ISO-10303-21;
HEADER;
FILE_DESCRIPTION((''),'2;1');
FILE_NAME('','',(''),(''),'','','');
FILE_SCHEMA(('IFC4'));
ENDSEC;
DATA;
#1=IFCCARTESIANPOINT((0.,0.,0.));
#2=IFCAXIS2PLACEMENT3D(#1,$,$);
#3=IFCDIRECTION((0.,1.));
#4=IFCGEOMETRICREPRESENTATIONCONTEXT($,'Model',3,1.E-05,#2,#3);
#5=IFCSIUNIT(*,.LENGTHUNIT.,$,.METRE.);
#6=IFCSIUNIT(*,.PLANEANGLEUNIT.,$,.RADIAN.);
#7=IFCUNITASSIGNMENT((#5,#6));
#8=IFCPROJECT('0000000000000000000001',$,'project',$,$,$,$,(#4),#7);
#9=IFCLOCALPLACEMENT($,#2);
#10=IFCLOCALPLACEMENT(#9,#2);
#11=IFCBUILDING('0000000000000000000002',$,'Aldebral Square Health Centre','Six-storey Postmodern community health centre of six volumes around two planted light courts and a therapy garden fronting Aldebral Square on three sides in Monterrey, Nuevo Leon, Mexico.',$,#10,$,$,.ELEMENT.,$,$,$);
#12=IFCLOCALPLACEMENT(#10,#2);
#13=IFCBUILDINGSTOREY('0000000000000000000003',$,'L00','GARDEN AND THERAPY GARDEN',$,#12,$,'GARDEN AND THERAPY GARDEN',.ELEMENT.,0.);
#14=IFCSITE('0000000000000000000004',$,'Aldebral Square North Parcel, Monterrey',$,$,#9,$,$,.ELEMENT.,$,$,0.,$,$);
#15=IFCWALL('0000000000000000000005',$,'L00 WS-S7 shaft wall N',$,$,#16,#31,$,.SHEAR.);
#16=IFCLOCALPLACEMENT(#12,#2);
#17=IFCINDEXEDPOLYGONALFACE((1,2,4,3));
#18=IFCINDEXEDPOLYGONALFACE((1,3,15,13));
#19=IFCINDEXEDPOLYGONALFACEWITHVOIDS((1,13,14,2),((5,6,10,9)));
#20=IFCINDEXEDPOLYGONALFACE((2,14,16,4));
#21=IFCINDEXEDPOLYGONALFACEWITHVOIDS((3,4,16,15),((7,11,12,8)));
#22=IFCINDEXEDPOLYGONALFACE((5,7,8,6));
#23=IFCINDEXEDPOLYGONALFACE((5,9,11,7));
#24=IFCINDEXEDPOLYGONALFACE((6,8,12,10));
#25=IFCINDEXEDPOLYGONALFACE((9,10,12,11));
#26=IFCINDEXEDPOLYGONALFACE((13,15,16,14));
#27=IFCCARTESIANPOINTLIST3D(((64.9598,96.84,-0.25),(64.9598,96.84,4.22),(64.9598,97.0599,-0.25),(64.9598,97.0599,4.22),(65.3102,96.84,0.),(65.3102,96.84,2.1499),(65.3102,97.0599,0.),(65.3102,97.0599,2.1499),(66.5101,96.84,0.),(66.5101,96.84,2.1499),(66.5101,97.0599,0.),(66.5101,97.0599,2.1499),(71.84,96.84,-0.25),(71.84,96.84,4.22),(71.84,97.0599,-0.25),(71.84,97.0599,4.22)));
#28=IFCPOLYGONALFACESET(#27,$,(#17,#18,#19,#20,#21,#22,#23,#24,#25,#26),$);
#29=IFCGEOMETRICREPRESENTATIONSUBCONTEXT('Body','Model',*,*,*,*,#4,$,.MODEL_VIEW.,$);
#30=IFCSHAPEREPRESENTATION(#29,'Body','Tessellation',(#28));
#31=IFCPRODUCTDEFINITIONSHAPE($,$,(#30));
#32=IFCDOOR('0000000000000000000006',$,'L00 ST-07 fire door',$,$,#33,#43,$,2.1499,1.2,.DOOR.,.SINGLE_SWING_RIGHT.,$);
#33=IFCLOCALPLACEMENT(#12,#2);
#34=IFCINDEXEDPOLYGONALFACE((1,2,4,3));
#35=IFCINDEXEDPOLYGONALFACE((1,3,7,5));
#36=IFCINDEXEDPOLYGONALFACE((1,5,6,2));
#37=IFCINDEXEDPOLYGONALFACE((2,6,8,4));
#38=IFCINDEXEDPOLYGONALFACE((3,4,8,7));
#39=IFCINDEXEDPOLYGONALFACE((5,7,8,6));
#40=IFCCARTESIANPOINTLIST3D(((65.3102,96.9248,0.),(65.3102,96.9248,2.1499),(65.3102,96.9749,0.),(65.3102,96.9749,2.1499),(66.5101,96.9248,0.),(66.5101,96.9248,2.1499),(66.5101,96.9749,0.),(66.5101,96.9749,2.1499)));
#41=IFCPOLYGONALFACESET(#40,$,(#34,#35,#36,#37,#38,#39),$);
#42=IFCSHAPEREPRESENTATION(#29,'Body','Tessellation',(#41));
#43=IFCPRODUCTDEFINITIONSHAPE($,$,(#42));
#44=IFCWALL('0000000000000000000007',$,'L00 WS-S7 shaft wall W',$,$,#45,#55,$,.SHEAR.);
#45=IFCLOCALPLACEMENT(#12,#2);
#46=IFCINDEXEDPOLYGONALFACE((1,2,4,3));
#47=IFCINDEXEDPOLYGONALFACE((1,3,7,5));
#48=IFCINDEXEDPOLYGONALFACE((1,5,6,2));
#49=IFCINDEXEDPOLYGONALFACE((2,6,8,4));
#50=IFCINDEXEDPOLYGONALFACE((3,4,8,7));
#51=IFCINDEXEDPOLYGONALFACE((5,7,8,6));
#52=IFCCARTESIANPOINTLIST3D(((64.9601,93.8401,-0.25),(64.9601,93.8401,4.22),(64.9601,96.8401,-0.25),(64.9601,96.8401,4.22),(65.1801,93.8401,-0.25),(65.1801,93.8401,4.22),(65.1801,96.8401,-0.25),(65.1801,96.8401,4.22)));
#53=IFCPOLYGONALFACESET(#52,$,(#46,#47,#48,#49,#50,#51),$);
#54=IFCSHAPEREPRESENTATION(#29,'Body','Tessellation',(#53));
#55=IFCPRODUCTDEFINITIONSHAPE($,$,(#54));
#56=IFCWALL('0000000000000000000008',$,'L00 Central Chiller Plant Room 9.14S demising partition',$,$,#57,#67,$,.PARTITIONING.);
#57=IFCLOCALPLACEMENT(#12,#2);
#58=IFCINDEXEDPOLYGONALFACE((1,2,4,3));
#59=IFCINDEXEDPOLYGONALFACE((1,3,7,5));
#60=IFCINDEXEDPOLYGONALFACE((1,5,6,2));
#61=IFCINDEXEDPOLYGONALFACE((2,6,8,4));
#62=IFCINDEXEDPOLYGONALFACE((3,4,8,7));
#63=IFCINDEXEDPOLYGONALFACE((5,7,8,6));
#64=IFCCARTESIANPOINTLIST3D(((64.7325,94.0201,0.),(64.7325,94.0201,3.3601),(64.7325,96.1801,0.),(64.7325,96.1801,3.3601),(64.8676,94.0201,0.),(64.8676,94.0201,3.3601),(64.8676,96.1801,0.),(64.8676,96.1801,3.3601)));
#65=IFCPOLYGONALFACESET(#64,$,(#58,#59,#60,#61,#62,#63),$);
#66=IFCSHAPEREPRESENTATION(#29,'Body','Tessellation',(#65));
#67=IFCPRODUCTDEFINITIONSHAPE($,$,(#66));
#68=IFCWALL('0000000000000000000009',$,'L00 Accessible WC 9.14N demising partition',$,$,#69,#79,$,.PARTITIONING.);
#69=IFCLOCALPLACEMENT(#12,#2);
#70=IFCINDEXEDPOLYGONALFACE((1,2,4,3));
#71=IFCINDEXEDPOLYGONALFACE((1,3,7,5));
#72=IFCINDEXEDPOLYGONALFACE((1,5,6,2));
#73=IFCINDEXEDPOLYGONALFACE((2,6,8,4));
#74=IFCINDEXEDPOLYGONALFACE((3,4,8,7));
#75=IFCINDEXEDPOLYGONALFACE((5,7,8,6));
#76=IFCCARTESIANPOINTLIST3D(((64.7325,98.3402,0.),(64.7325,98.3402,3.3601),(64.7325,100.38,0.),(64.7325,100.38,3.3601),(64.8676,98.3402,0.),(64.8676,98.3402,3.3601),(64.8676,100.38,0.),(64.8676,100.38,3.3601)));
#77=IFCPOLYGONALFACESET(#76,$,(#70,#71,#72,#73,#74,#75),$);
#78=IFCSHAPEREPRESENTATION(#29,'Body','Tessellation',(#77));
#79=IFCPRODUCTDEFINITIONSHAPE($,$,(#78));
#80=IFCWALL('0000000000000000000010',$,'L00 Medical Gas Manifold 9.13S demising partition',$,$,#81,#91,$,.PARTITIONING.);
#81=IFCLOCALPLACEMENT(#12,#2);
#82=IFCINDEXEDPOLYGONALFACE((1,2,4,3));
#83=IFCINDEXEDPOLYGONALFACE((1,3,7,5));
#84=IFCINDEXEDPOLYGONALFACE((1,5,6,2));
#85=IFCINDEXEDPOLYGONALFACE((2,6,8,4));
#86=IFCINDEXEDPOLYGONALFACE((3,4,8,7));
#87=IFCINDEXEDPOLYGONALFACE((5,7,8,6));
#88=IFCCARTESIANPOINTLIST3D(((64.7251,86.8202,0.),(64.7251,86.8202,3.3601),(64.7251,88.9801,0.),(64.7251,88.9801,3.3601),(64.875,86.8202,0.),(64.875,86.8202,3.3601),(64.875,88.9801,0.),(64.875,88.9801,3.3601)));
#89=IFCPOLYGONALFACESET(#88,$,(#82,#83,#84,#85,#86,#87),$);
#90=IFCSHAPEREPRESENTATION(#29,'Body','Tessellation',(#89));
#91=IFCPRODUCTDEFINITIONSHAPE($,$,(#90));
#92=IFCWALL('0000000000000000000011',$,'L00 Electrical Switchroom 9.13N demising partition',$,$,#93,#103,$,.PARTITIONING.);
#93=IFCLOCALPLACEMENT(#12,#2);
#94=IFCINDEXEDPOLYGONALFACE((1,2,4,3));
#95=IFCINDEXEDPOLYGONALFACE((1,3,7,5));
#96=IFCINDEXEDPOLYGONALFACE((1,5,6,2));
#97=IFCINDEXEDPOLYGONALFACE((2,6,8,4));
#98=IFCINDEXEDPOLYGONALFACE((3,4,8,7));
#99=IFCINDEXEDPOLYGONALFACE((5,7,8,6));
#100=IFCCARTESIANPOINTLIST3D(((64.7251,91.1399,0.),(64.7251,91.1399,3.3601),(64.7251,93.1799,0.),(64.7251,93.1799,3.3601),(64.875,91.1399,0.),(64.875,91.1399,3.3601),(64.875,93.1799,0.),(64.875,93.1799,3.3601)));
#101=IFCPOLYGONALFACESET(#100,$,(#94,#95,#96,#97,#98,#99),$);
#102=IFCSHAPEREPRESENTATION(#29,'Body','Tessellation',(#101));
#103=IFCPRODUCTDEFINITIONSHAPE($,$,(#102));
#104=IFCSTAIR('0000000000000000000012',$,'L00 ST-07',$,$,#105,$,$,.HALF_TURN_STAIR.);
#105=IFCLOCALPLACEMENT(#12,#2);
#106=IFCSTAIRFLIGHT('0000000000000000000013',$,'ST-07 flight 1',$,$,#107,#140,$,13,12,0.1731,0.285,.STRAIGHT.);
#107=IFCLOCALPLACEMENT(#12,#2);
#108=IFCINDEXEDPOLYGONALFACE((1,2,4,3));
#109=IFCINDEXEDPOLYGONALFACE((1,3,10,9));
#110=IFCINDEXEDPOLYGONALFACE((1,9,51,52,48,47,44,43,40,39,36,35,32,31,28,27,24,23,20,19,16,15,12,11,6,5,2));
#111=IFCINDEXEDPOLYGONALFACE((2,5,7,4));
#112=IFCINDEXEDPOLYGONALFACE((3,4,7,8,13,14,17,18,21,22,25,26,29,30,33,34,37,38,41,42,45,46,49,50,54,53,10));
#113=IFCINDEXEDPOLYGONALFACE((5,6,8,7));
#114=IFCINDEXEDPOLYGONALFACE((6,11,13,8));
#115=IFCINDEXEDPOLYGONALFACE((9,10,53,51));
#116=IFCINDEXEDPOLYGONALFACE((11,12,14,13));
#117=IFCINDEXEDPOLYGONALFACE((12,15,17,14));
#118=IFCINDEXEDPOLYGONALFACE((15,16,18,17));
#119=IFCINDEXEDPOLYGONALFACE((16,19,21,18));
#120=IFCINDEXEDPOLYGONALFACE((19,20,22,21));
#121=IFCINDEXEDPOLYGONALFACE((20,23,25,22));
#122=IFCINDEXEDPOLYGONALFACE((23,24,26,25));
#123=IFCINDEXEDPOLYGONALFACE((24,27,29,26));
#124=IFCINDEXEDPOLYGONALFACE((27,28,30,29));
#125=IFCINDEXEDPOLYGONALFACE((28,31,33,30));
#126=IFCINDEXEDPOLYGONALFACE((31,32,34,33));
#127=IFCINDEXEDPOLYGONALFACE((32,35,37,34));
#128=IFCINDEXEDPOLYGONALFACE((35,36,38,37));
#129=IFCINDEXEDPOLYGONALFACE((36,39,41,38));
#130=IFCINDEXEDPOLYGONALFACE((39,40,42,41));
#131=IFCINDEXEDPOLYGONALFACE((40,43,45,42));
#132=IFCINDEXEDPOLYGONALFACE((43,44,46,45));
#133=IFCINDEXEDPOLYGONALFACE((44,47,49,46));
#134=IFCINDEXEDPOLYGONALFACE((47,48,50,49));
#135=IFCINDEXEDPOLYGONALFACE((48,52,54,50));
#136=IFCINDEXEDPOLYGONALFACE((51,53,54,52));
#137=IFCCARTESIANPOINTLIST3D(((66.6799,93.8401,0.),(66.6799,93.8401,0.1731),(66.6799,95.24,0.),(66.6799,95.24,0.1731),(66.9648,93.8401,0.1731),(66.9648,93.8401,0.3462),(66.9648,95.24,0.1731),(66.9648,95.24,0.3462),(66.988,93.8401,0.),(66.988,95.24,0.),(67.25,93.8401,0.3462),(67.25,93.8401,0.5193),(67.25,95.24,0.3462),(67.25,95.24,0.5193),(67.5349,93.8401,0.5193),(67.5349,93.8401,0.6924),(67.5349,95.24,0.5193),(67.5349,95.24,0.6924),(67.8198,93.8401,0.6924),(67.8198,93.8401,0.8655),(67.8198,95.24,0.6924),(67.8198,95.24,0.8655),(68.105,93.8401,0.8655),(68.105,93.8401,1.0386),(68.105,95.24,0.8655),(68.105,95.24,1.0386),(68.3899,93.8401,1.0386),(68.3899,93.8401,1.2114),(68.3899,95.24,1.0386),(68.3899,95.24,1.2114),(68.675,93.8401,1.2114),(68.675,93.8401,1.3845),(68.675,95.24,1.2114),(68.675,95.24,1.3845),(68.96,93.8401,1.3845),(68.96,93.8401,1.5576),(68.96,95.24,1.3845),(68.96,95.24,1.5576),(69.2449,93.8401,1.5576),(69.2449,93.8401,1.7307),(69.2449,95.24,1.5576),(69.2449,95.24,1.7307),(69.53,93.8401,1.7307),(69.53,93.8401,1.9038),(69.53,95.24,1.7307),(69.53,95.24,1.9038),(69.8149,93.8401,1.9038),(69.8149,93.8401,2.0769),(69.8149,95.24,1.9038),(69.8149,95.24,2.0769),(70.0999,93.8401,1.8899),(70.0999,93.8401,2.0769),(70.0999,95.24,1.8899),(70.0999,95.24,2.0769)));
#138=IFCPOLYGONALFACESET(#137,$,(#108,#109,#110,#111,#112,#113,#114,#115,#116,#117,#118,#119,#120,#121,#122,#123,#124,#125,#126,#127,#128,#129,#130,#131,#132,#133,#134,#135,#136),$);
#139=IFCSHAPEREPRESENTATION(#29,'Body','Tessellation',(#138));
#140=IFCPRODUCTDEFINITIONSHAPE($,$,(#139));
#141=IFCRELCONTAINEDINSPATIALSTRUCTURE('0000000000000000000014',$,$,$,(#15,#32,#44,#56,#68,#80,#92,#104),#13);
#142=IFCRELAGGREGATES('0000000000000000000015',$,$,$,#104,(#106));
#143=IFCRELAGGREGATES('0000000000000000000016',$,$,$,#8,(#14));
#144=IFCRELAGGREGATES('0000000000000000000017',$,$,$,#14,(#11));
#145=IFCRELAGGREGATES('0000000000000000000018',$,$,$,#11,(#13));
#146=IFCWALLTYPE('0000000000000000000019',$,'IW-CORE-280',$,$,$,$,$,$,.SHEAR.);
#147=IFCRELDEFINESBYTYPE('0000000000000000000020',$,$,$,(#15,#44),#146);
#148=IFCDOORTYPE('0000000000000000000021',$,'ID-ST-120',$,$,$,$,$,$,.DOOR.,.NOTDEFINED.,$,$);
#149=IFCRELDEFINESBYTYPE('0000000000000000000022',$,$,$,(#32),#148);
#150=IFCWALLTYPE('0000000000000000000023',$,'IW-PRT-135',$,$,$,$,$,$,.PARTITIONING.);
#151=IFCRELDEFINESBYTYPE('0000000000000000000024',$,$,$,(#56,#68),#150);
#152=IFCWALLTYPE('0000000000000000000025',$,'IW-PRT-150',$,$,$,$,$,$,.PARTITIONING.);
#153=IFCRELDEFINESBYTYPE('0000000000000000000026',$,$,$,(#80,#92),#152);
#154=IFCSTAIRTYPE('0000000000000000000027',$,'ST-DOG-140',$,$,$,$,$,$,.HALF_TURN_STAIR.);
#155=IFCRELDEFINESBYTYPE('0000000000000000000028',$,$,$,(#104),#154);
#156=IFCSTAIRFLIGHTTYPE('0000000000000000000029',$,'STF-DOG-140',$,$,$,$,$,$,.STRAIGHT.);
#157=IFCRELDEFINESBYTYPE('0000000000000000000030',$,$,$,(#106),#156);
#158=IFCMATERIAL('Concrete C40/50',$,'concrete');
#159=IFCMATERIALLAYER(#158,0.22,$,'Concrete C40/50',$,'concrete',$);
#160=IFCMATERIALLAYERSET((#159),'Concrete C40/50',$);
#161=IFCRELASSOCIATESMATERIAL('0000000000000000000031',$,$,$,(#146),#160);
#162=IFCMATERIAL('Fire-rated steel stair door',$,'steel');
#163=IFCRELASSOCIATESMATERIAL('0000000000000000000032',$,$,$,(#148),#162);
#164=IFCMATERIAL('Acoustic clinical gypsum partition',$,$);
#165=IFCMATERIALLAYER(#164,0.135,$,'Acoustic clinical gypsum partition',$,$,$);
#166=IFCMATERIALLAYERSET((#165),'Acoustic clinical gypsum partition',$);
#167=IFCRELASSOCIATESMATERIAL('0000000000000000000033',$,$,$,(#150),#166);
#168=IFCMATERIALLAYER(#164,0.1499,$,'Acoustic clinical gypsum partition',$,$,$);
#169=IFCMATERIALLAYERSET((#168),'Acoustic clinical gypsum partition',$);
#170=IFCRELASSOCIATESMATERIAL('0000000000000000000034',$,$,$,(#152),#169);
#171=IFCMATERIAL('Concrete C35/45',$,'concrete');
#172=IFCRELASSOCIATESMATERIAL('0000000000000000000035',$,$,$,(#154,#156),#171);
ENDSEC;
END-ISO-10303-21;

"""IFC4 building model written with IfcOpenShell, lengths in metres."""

from ifc_helpers import new_model, si_unit, direction, frame, frame_2d, origin, place, context, subcontext, project, spatial, polyline, rectangle, outline, extrude, material, layer, layer_set, type_object, element, fill, aggregate, save


model = new_model("IFC4")

# Units and contexts
model_context = context("Model", 3, precision=1e-05, world=origin(), true_north=direction((0.0, 1.0)))
body_context = subcontext(model_context, "Body", "Model", "MODEL_VIEW")
ifc_project = project(units=[si_unit("LENGTHUNIT", "METRE"), si_unit("PLANEANGLEUNIT", "RADIAN")], contexts=[model_context])

# Site, building, storey
site_placement = place(None, origin())
site = spatial("IfcSite", under=ifc_project, at=site_placement, Name="Aldebral Square North Parcel, Monterrey", CompositionType="ELEMENT", RefElevation=0.0)
building_placement = place(site_placement, origin())
building = spatial("IfcBuilding", under=site, at=building_placement, Name="Aldebral Square Health Centre", Description="Six-storey Postmodern community health centre of six volumes around two planted light courts and a therapy garden fronting Aldebral Square on three sides in Monterrey, Nuevo Leon, Mexico.", CompositionType="ELEMENT")
storey_placement = place(building_placement, origin())
storey = spatial("IfcBuildingStorey", under=building, at=storey_placement, Name="L00", Description="GARDEN AND THERAPY GARDEN", LongName="GARDEN AND THERAPY GARDEN", CompositionType="ELEMENT", Elevation=0.0)

# Shared definitions
ifc_material_1 = material(Name="Concrete C35/45", Category="concrete")

# Shared definitions
ifc_material_2 = material(Name="Concrete C40/50", Category="concrete")

# Shared definitions
ifc_layer_1 = layer(ifc_material_2, 0.22, Name="Concrete C40/50", Category="concrete")
ifc_layer_set_1 = layer_set([ifc_layer_1], Name="Concrete C40/50")
wall_type_1 = type_object("IfcWallType", Name="IW-CORE-280", PredefinedType="SHEAR", material=ifc_layer_set_1)

# Wall, opening, door
wall_1_placement = place(storey_placement, frame((64.96, 96.95, -0.25), z_axis=(0.0, 0.0, 1.0), x_axis=(1.0, 0.0, 0.0)))
wall_1 = element("IfcWall", 1, at=wall_1_placement, inside=storey, type_object=wall_type_1, Name="L00 WS-S7 shaft wall N", PredefinedType="SHEAR", context=body_context, shape_type="SweptSolid", body=[
    extrude(rectangle(XDim=6.8801, YDim=0.22, at=frame_2d((3.4399, 0.0))), origin(), (0.0, 0.0, 1.0), 4.47),
])
opening_1_placement = place(wall_1_placement, frame((0.3501, 0.0, 0.25)))
opening_1 = element("IfcOpeningElement", 2, at=opening_1_placement, cuts=wall_1, PredefinedType="OPENING", context=body_context, shape_type="SweptSolid", body=[
    extrude(rectangle(XDim=1.2, YDim=2.1499, at=frame_2d((0.6001, 1.075))), frame((0.0, 0.1201, 0.0), z_axis=(0.0, -1.0, 0.0), x_axis=(1.0, 0.0, 0.0)), (0.0, 0.0, 1.0), 0.24),
])
ifc_material_3 = material(Name="Fire-rated steel stair door", Category="steel")
door_type_1 = type_object("IfcDoorType", Name="ID-ST-120", OperationType="NOTDEFINED", PredefinedType="DOOR", material=ifc_material_3)
door_1_placement = place(opening_1_placement, origin())
door_1 = element("IfcDoor", 3, at=door_1_placement, inside=storey, type_object=door_type_1, Name="L00 ST-07 fire door", OperationType="SINGLE_SWING_RIGHT", OverallHeight=2.1499, OverallWidth=1.2, PredefinedType="DOOR", context=body_context, shape_type="SweptSolid", body=[
    extrude(rectangle(XDim=1.2, YDim=2.1499, at=frame_2d((0.6001, 1.075))), frame((0.0, 0.0249, 0.0), z_axis=(0.0, -1.0, 0.0), x_axis=(1.0, 0.0, 0.0)), (0.0, 0.0, 1.0), 0.05),
])
fill(opening_1, door_1)

# Walls
wall_2_placement = place(storey_placement, frame((65.0701, 93.8401, -0.25), z_axis=(0.0, 0.0, 1.0), x_axis=(0.0, 1.0, 0.0)))
element("IfcWall", 4, at=wall_2_placement, inside=storey, type_object=wall_type_1, Name="L00 WS-S7 shaft wall W", PredefinedType="SHEAR", context=body_context, shape_type="SweptSolid", body=[
    extrude(rectangle(XDim=3.0, YDim=0.22, at=frame_2d((1.5, 0.0))), origin(), (0.0, 0.0, 1.0), 4.47),
])
ifc_material_4 = material(Name="Acoustic clinical gypsum partition")
ifc_layer_2 = layer(ifc_material_4, 0.135, Name="Acoustic clinical gypsum partition")
ifc_layer_set_2 = layer_set([ifc_layer_2], Name="Acoustic clinical gypsum partition")
wall_type_2 = type_object("IfcWallType", Name="IW-PRT-135", PredefinedType="PARTITIONING", material=ifc_layer_set_2)
wall_3_placement = place(storey_placement, frame((64.8, 94.02, 0.0), z_axis=(0.0, 0.0, 1.0), x_axis=(0.0, 1.0, 0.0)))
element("IfcWall", 5, at=wall_3_placement, inside=storey, type_object=wall_type_2, Name="L00 Central Chiller Plant Room 9.14S demising partition", PredefinedType="PARTITIONING", context=body_context, shape_type="SweptSolid", body=[
    extrude(rectangle(XDim=2.1599, YDim=0.135, at=frame_2d((1.0801, 0.0))), origin(), (0.0, 0.0, 1.0), 3.3601),
])
wall_4_placement = place(storey_placement, frame((64.8, 98.3401, 0.0), z_axis=(0.0, 0.0, 1.0), x_axis=(0.0, 1.0, 0.0)))
element("IfcWall", 6, at=wall_4_placement, inside=storey, type_object=wall_type_2, Name="L00 Accessible WC 9.14N demising partition", PredefinedType="PARTITIONING", context=body_context, shape_type="SweptSolid", body=[
    extrude(rectangle(XDim=2.0398, YDim=0.135, at=frame_2d((1.02, 0.0))), origin(), (0.0, 0.0, 1.0), 3.3601),
])
ifc_layer_3 = layer(ifc_material_4, 0.1499, Name="Acoustic clinical gypsum partition")
ifc_layer_set_3 = layer_set([ifc_layer_3], Name="Acoustic clinical gypsum partition")
wall_type_3 = type_object("IfcWallType", Name="IW-PRT-150", PredefinedType="PARTITIONING", material=ifc_layer_set_3)
wall_5_placement = place(storey_placement, frame((64.8, 86.8201, 0.0), z_axis=(0.0, 0.0, 1.0), x_axis=(0.0, 1.0, 0.0)))
element("IfcWall", 7, at=wall_5_placement, inside=storey, type_object=wall_type_3, Name="L00 Medical Gas Manifold 9.13S demising partition", PredefinedType="PARTITIONING", context=body_context, shape_type="SweptSolid", body=[
    extrude(rectangle(XDim=2.1599, YDim=0.1499, at=frame_2d((1.0801, 0.0))), origin(), (0.0, 0.0, 1.0), 3.3601),
])
wall_6_placement = place(storey_placement, frame((64.8, 91.1399, 0.0), z_axis=(0.0, 0.0, 1.0), x_axis=(0.0, 1.0, 0.0)))
element("IfcWall", 8, at=wall_6_placement, inside=storey, type_object=wall_type_3, Name="L00 Electrical Switchroom 9.13N demising partition", PredefinedType="PARTITIONING", context=body_context, shape_type="SweptSolid", body=[
    extrude(rectangle(XDim=2.04, YDim=0.1499, at=frame_2d((1.02, 0.0))), origin(), (0.0, 0.0, 1.0), 3.3601),
])

# Stair, stair flight
stair_type = type_object("IfcStairType", Name="ST-DOG-140", PredefinedType="HALF_TURN_STAIR", material=ifc_material_1)
stair_placement = place(storey_placement, origin())
stair = element("IfcStair", 9, at=stair_placement, inside=storey, type_object=stair_type, Name="L00 ST-07", PredefinedType="HALF_TURN_STAIR")
stair_flight_type = type_object("IfcStairFlightType", Name="STF-DOG-140", PredefinedType="STRAIGHT", material=ifc_material_1)
stair_flight_placement = place(storey_placement, frame((66.6799, 94.54, 0.0), z_axis=(0.0, 0.0, 1.0), x_axis=(1.0, 0.0, 0.0)))
stair_flight = element("IfcStairFlight", 10, at=stair_flight_placement, type_object=stair_flight_type, Name="ST-07 flight 1", NumberOfRisers=13, NumberOfTreads=12, PredefinedType="STRAIGHT", RiserHeight=0.1731, TreadLength=0.285, context=body_context, shape_type="SweptSolid", body=[
    extrude(outline(polyline([(0.0, 0.0), (0.0, 0.1731), (0.2849, 0.1731), (0.2849, 0.3462), (0.5701, 0.3462), (0.5701, 0.5193), (0.855, 0.5193), (0.855, 0.6924), (1.1399, 0.6924), (1.1399, 0.8655), (1.425, 0.8655), (1.425, 1.0386), (1.71, 1.0386), (1.71, 1.2114), (1.9951, 1.2114), (1.9951, 1.3845), (2.28, 1.3845), (2.28, 1.5576), (2.5649, 1.5576), (2.5649, 1.7307), (2.8501, 1.7307), (2.8501, 1.9038), (3.135, 1.9038), (3.135, 2.0769), (3.4199, 2.0769), (3.4199, 2.25), (3.4199, 1.8899), (0.3081, 0.0), (0.0, 0.0)])), frame((0.0, 0.7, 0.0), z_axis=(0.0, -1.0, 0.0), x_axis=(1.0, 0.0, 0.0)), (0.0, 0.0, 1.0), 1.3999),
])
aggregate(stair, [stair_flight])

save(model, "model.ifc")
